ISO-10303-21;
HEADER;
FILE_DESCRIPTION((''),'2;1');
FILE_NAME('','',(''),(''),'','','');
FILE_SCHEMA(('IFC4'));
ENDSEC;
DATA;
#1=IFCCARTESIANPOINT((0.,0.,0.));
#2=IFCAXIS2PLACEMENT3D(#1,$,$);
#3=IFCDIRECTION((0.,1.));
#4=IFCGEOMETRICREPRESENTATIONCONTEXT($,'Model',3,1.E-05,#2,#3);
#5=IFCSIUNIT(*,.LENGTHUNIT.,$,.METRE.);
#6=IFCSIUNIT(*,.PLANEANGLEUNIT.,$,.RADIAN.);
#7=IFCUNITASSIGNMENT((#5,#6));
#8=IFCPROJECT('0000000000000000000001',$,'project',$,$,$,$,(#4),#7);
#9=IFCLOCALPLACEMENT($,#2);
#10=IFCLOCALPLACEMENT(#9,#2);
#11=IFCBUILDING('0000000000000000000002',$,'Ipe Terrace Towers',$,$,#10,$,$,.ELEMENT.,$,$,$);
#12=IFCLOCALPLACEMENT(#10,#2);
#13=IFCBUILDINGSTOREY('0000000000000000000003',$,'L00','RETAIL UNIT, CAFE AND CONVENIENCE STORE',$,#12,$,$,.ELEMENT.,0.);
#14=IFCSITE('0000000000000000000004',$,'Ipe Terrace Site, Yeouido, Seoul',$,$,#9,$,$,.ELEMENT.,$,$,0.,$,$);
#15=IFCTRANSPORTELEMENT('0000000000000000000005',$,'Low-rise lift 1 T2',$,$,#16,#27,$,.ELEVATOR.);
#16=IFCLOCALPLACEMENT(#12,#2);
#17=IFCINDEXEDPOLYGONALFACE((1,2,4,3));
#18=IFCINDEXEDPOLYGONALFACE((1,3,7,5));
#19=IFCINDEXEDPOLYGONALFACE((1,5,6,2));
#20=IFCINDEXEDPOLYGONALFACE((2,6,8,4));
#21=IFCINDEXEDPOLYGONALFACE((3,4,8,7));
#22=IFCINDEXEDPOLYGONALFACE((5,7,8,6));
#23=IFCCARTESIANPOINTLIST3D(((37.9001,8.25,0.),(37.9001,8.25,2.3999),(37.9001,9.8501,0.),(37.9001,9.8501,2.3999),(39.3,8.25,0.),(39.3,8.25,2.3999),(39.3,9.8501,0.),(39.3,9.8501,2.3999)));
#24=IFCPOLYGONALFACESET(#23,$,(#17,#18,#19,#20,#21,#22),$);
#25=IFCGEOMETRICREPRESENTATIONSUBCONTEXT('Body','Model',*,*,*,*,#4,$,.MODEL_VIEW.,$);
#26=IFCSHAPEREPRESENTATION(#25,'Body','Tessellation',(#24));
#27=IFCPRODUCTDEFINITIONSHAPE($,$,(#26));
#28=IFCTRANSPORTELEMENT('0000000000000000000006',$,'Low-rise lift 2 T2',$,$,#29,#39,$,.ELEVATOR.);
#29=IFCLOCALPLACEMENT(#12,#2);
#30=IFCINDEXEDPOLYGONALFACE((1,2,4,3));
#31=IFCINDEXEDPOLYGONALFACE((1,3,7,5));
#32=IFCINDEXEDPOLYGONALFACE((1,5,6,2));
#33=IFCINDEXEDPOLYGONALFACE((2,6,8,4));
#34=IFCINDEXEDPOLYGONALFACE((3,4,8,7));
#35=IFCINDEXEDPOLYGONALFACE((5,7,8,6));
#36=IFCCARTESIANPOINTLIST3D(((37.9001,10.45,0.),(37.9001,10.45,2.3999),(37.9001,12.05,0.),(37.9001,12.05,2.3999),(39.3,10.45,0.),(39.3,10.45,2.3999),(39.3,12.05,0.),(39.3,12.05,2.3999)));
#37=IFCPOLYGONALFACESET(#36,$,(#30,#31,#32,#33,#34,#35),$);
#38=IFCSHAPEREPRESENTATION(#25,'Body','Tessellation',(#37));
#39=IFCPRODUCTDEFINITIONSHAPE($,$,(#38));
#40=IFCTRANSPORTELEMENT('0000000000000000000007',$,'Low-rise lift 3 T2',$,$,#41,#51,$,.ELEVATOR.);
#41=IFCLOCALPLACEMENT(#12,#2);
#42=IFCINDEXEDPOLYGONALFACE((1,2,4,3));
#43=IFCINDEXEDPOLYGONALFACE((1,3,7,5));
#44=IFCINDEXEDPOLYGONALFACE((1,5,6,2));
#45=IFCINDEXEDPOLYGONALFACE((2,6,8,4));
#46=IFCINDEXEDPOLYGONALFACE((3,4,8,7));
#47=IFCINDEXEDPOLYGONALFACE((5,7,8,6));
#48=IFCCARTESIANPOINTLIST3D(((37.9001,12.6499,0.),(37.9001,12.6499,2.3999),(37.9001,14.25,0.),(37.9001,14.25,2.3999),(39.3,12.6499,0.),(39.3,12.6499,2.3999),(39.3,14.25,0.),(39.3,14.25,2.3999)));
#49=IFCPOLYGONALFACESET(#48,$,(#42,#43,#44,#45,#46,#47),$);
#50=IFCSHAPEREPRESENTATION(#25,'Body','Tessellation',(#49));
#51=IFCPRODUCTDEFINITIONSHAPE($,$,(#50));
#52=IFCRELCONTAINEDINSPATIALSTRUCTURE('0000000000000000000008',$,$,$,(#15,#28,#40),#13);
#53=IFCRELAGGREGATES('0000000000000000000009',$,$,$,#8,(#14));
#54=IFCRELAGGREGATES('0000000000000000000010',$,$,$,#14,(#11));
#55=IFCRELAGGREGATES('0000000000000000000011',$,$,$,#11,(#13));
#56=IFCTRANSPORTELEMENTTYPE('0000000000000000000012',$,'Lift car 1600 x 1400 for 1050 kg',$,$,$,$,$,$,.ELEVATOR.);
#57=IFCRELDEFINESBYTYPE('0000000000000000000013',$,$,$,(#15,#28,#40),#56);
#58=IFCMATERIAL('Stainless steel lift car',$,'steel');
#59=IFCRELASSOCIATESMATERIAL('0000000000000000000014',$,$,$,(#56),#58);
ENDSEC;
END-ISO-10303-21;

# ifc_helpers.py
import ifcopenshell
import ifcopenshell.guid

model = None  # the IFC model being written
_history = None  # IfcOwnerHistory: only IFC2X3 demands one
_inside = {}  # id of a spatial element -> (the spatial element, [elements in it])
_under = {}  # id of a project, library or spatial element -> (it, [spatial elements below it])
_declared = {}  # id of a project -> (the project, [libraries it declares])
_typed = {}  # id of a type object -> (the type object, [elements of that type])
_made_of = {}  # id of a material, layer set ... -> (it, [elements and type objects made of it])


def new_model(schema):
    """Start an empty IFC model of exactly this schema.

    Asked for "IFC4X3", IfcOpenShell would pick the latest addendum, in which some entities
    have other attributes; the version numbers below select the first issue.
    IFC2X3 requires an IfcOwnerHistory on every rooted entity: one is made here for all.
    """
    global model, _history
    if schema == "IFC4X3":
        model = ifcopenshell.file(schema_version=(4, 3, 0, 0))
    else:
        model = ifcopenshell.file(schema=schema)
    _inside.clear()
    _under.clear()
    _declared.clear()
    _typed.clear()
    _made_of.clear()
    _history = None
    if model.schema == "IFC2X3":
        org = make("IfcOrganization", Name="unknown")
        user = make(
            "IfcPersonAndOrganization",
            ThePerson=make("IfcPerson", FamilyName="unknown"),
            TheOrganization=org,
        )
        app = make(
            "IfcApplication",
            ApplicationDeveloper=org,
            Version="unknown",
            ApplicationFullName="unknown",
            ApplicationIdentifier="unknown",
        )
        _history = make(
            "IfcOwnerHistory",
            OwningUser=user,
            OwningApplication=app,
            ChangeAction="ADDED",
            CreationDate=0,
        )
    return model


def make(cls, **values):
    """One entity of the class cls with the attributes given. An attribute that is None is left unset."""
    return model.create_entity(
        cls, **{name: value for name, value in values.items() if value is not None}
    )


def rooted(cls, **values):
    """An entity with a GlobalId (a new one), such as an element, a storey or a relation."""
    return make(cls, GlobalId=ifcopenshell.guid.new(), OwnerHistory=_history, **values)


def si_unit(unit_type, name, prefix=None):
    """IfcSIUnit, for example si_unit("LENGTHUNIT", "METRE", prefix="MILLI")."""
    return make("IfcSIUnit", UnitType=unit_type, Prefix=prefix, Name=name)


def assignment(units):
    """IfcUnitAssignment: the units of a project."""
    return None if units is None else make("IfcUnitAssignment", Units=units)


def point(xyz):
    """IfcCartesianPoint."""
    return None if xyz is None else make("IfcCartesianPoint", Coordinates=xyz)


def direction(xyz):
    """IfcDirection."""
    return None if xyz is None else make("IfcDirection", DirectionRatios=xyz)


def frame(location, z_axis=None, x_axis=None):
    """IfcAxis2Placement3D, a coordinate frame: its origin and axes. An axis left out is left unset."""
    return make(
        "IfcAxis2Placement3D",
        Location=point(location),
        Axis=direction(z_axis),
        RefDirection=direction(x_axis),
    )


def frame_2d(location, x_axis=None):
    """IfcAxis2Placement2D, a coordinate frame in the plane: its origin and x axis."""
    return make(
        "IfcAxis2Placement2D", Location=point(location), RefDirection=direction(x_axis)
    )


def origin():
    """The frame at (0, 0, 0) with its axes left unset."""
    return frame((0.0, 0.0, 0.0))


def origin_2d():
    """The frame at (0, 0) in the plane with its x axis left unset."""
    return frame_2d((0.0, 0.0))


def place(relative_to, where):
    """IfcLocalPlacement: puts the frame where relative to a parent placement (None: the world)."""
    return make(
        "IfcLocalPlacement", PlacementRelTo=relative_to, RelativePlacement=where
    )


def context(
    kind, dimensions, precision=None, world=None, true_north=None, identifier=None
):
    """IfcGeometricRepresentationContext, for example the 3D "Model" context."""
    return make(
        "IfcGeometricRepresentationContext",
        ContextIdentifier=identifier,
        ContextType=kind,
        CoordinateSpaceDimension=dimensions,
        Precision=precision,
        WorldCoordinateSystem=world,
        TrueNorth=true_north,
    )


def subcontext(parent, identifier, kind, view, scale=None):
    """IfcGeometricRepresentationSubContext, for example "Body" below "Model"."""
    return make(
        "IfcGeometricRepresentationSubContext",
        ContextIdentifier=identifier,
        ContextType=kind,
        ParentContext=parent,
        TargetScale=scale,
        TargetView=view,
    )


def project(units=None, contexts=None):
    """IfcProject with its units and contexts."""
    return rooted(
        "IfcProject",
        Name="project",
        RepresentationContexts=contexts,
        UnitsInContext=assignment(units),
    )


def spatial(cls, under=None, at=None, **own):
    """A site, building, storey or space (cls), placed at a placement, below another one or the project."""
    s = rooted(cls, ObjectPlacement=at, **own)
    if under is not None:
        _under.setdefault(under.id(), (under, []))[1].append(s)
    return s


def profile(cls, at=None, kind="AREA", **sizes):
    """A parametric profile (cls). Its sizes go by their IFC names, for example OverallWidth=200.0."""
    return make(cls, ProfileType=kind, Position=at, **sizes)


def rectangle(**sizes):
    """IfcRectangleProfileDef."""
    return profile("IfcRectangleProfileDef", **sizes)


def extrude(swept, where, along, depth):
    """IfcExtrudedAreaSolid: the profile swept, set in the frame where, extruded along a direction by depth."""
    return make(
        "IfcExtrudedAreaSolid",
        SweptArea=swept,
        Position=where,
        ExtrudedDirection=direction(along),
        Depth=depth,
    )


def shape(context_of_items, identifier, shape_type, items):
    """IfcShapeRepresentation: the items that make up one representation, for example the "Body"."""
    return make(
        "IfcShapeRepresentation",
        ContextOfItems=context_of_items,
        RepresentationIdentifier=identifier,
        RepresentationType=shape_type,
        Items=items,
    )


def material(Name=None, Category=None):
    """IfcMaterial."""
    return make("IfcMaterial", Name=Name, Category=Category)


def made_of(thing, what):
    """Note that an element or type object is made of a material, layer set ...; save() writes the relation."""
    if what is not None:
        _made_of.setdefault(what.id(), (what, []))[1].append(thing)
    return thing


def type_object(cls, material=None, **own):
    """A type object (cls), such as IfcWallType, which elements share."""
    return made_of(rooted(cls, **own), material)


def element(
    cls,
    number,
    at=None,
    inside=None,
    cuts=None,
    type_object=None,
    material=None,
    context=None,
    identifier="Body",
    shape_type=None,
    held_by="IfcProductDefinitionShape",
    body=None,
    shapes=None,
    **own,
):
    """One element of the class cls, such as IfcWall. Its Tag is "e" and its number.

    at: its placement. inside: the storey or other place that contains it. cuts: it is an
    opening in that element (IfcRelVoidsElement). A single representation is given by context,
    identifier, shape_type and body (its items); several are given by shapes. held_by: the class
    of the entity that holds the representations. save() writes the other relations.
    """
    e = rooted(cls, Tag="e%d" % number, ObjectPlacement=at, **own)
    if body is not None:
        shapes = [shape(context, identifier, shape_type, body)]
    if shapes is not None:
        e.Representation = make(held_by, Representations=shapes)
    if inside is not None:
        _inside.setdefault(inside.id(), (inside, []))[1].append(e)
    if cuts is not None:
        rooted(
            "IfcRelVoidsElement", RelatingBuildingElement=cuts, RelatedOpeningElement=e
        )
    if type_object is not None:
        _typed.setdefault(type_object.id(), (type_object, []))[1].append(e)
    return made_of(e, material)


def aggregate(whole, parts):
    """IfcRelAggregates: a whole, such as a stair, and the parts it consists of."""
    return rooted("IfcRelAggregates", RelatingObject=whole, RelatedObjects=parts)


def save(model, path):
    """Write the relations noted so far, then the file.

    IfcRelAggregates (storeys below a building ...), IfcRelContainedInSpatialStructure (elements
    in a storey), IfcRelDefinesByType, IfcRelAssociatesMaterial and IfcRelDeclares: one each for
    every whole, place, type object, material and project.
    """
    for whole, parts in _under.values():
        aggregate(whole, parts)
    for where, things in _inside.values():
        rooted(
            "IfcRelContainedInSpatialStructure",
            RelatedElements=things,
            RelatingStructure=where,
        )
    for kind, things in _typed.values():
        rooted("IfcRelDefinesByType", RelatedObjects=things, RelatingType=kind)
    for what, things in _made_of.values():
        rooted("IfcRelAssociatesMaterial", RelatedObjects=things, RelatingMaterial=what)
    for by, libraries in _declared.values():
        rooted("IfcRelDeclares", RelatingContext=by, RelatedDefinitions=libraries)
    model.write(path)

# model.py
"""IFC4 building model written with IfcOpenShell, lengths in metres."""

from ifc_helpers import new_model, si_unit, direction, frame, origin, origin_2d, place, context, subcontext, project, spatial, rectangle, extrude, material, type_object, element, save


model = new_model("IFC4")

# Units and contexts
model_context = context("Model", 3, precision=1e-05, world=origin(), true_north=direction((0.0, 1.0)))
body_context = subcontext(model_context, "Body", "Model", "MODEL_VIEW")
ifc_project = project(units=[si_unit("LENGTHUNIT", "METRE"), si_unit("PLANEANGLEUNIT", "RADIAN")], contexts=[model_context])

# Site, building, storey
site_placement = place(None, origin())
site = spatial("IfcSite", under=ifc_project, at=site_placement, Name="Ipe Terrace Site, Yeouido, Seoul", CompositionType="ELEMENT", RefElevation=0.0)
building_placement = place(site_placement, origin())
building = spatial("IfcBuilding", under=site, at=building_placement, Name="Ipe Terrace Towers", CompositionType="ELEMENT")
storey_placement = place(building_placement, origin())
storey = spatial("IfcBuildingStorey", under=building, at=storey_placement, Name="L00", Description="RETAIL UNIT, CAFE AND CONVENIENCE STORE", CompositionType="ELEMENT", Elevation=0.0)

# Transport elements
ifc_material_1 = material(Name="Stainless steel lift car", Category="steel")
transport_element_type = type_object("IfcTransportElementType", Name="Lift car 1600 x 1400 for 1050 kg", PredefinedType="ELEVATOR", material=ifc_material_1)
for number, where, z_axis, x_axis, name in (
    (1, (38.6001, 9.05, 0.0), (0.0, 0.0, 1.0), (1.0, 0.0, 0.0), "Low-rise lift 1 T2"),
    (2, (38.6001, 11.25, 0.0), (0.0, 0.0, 1.0), (1.0, 0.0, 0.0), "Low-rise lift 2 T2"),
    (3, (38.6001, 13.45, 0.0), (0.0, 0.0, 1.0), (1.0, 0.0, 0.0), "Low-rise lift 3 T2"),
):
    element("IfcTransportElement", number, at=place(storey_placement, frame(where, z_axis=z_axis, x_axis=x_axis)), inside=storey, type_object=transport_element_type, Name=name, PredefinedType="ELEVATOR", context=body_context, shape_type="SweptSolid", body=[
        extrude(rectangle(XDim=1.3999, YDim=1.6001, at=origin_2d()), origin(), (0.0, 0.0, 1.0), 2.3999),
    ])

save(model, "model.ifc")
